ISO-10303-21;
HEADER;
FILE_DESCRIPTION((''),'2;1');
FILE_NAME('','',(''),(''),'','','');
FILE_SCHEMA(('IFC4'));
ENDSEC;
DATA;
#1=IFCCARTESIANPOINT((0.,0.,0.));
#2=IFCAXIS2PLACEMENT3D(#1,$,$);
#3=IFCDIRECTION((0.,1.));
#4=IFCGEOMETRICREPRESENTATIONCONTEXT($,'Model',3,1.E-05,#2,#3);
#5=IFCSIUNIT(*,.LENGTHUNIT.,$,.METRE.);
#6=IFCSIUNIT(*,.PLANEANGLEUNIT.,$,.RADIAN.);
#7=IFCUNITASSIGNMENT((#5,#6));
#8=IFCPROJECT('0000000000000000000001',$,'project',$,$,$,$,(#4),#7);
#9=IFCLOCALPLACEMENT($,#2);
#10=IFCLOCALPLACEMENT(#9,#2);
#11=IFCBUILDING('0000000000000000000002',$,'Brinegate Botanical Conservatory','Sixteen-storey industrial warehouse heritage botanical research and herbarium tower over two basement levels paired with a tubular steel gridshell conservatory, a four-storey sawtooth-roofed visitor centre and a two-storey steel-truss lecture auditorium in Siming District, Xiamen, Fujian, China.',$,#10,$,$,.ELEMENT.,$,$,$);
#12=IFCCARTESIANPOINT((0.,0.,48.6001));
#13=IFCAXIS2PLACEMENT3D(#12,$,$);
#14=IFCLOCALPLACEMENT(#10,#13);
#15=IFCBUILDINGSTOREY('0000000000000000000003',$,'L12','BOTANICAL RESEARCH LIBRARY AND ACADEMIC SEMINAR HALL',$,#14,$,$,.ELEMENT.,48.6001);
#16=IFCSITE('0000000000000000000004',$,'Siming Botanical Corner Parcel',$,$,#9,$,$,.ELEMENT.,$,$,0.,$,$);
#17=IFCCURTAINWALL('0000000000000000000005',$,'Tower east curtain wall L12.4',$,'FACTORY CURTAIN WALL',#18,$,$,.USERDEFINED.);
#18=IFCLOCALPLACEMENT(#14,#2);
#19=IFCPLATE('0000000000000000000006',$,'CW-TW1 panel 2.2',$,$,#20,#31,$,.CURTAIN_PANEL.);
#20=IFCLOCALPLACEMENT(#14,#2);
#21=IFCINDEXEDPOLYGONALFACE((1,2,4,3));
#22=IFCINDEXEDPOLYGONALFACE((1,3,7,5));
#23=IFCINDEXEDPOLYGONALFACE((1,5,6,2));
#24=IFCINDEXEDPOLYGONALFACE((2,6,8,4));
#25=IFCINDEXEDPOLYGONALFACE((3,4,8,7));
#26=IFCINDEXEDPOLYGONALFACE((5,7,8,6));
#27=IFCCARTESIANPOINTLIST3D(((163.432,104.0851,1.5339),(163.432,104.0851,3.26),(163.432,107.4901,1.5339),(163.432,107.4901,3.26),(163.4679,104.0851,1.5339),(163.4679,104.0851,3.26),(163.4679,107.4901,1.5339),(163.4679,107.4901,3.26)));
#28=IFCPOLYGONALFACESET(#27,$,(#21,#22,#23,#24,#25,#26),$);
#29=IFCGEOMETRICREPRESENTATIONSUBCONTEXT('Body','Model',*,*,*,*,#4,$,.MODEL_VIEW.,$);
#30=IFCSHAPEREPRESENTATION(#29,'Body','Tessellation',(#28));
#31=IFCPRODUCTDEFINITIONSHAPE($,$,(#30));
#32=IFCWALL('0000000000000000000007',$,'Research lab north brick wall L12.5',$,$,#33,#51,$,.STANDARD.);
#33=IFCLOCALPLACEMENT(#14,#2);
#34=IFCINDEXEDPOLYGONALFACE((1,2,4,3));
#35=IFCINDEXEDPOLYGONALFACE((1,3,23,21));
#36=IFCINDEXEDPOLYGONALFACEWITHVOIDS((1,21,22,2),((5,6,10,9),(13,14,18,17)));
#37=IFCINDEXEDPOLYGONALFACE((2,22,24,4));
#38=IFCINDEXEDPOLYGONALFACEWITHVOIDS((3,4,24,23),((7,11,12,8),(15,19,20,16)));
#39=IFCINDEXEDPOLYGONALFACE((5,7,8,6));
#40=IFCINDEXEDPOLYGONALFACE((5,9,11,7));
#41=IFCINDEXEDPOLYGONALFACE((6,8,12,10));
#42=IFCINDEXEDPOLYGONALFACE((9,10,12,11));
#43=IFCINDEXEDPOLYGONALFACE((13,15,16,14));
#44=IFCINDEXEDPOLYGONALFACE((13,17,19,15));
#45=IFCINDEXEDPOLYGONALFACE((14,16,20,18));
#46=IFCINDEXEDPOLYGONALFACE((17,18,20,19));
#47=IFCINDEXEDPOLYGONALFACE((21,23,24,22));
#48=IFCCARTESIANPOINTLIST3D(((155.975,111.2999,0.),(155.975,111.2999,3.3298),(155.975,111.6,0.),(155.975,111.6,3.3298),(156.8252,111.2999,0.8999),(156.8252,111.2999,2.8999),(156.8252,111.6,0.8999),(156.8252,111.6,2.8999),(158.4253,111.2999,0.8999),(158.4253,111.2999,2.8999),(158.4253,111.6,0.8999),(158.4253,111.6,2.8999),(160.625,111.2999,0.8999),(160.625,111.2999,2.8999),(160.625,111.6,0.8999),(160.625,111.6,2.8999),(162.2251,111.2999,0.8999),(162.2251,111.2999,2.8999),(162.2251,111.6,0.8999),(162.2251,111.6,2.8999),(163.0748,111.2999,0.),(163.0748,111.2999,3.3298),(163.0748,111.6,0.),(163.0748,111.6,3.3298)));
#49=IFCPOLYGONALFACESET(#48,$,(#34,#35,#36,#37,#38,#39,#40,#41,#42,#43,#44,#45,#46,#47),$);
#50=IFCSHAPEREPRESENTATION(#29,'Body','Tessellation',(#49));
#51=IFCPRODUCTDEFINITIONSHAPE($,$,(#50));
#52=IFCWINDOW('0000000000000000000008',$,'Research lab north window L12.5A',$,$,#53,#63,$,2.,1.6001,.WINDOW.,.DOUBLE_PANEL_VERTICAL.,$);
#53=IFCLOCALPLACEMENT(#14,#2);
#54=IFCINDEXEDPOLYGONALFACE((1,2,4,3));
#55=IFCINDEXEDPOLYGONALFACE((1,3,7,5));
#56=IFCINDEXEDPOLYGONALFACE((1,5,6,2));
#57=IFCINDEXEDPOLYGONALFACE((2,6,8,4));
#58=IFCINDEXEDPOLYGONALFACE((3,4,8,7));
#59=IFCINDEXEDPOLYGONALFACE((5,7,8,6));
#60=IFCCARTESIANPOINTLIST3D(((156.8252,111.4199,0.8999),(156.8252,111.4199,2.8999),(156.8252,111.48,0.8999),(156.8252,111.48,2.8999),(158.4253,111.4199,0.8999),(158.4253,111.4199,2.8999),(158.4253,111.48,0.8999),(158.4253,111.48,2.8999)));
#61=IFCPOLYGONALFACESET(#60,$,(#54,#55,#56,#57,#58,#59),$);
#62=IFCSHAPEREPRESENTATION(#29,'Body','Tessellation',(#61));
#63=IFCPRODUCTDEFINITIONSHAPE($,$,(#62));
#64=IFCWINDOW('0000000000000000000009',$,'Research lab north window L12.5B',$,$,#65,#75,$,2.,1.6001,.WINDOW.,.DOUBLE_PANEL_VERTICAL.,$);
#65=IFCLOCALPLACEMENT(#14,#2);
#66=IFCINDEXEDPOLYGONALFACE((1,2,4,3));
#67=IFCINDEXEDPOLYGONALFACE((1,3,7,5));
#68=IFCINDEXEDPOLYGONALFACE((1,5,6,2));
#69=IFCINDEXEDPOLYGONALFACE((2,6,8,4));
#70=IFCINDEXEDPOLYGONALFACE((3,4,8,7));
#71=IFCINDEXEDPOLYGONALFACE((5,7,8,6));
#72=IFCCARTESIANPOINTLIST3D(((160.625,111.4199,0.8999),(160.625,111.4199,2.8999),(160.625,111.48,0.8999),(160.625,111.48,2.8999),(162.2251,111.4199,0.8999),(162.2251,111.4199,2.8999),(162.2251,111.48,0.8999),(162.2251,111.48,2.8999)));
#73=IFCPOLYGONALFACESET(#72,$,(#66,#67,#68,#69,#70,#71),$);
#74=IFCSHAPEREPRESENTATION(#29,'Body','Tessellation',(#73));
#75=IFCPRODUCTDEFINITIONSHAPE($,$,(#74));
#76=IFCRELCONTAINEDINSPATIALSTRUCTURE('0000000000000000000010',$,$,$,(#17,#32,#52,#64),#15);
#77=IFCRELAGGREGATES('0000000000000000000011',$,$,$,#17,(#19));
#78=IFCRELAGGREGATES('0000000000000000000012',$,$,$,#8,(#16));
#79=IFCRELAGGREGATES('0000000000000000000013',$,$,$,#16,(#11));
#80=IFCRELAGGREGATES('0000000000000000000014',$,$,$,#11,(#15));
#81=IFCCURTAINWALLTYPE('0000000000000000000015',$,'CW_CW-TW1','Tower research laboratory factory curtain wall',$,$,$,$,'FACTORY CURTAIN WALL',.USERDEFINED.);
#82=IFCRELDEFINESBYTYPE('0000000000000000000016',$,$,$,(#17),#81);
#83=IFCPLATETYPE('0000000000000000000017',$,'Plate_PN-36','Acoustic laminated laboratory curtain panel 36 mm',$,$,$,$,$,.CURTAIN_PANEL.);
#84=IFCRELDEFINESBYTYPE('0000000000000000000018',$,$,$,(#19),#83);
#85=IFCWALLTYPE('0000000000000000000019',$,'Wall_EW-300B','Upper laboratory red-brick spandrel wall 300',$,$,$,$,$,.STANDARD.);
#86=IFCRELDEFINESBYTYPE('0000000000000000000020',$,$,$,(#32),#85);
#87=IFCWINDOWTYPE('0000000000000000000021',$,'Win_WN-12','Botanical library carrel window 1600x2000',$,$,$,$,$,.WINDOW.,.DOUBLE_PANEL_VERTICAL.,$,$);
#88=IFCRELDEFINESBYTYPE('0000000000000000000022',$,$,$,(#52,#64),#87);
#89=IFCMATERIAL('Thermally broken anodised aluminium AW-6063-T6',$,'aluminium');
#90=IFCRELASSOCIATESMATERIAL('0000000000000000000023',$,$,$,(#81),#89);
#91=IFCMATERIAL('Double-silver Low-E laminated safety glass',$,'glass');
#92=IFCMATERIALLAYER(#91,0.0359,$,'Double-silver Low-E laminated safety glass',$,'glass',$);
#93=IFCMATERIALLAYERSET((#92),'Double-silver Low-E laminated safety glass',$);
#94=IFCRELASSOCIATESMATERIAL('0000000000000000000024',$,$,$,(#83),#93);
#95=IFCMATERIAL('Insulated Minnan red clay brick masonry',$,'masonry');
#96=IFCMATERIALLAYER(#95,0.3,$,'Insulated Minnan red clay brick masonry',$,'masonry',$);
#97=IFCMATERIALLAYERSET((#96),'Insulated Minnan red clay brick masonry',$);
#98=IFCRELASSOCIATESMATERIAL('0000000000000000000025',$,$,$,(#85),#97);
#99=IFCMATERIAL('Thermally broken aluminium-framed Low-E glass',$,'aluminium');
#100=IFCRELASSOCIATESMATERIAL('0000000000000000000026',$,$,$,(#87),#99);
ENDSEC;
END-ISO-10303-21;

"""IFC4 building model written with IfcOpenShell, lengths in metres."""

from ifc_helpers import new_model, si_unit, direction, frame, frame_2d, origin, origin_2d, place, context, subcontext, project, spatial, rectangle, extrude, material, layer, layer_set, type_object, element, fill, aggregate, save


model = new_model("IFC4")

# Units and contexts
model_context = context("Model", 3, precision=1e-05, world=origin(), true_north=direction((0.0, 1.0)))
body_context = subcontext(model_context, "Body", "Model", "MODEL_VIEW")
ifc_project = project(units=[si_unit("LENGTHUNIT", "METRE"), si_unit("PLANEANGLEUNIT", "RADIAN")], contexts=[model_context])

# Site, building, storey
site_placement = place(None, origin())
site = spatial("IfcSite", under=ifc_project, at=site_placement, Name="Siming Botanical Corner Parcel", CompositionType="ELEMENT", RefElevation=0.0)
building_placement = place(site_placement, origin())
building = spatial("IfcBuilding", under=site, at=building_placement, Name="Brinegate Botanical Conservatory", Description="Sixteen-storey industrial warehouse heritage botanical research and herbarium tower over two basement levels paired with a tubular steel gridshell conservatory, a four-storey sawtooth-roofed visitor centre and a two-storey steel-truss lecture auditorium in Siming District, Xiamen, Fujian, China.", CompositionType="ELEMENT")
storey_placement = place(building_placement, frame((0.0, 0.0, 48.6001)))
storey = spatial("IfcBuildingStorey", under=building, at=storey_placement, Name="L12", Description="BOTANICAL RESEARCH LIBRARY AND ACADEMIC SEMINAR HALL", CompositionType="ELEMENT", Elevation=48.6001)

# Curtain wall
ifc_material_1 = material(Name="Thermally broken anodised aluminium AW-6063-T6", Category="aluminium")
curtain_wall_type = type_object("IfcCurtainWallType", Name="CW_CW-TW1", Description="Tower research laboratory factory curtain wall", ElementType="FACTORY CURTAIN WALL", PredefinedType="USERDEFINED", material=ifc_material_1)
curtain_wall_1_placement = place(storey_placement, origin())
curtain_wall_1 = element("IfcCurtainWall", 1, at=curtain_wall_1_placement, inside=storey, type_object=curtain_wall_type, Name="Tower east curtain wall L12.4", ObjectType="FACTORY CURTAIN WALL", PredefinedType="USERDEFINED")

# Plate
ifc_material_2 = material(Name="Double-silver Low-E laminated safety glass", Category="glass")
ifc_layer_1 = layer(ifc_material_2, 0.0359, Name="Double-silver Low-E laminated safety glass", Category="glass")
ifc_layer_set_1 = layer_set([ifc_layer_1], Name="Double-silver Low-E laminated safety glass")
plate_type = type_object("IfcPlateType", Name="Plate_PN-36", Description="Acoustic laminated laboratory curtain panel 36 mm", PredefinedType="CURTAIN_PANEL", material=ifc_layer_set_1)
plate_1_placement = place(storey_placement, frame((163.45, 105.7876, 1.5339), z_axis=(0.0, 0.0, 1.0), x_axis=(0.0, -1.0, 0.0)))
plate_1 = element("IfcPlate", 2, at=plate_1_placement, type_object=plate_type, Name="CW-TW1 panel 2.2", PredefinedType="CURTAIN_PANEL", context=body_context, shape_type="SweptSolid", body=[
    extrude(rectangle(XDim=3.405, YDim=0.0359, at=origin_2d()), origin(), (0.0, 0.0, 1.0), 1.7261),
])
aggregate(curtain_wall_1, [plate_1])

# Wall, openings, windows
ifc_material_3 = material(Name="Insulated Minnan red clay brick masonry", Category="masonry")
ifc_layer_2 = layer(ifc_material_3, 0.3, Name="Insulated Minnan red clay brick masonry", Category="masonry")
ifc_layer_set_2 = layer_set([ifc_layer_2], Name="Insulated Minnan red clay brick masonry")
wall_type = type_object("IfcWallType", Name="Wall_EW-300B", Description="Upper laboratory red-brick spandrel wall 300", PredefinedType="STANDARD", material=ifc_layer_set_2)
wall_placement = place(storey_placement, frame((155.9751, 111.45, 0.0), z_axis=(0.0, 0.0, 1.0), x_axis=(1.0, 0.0, 0.0)))
wall = element("IfcWall", 3, at=wall_placement, inside=storey, type_object=wall_type, Name="Research lab north brick wall L12.5", PredefinedType="STANDARD", context=body_context, shape_type="SweptSolid", body=[
    extrude(rectangle(XDim=7.0999, YDim=0.3, at=frame_2d((3.5498, 0.0))), origin(), (0.0, 0.0, 1.0), 3.3298),
])
opening_1_placement = place(wall_placement, frame((0.8501, 0.0, 0.8999)))
opening_1 = element("IfcOpeningElement", 4, at=opening_1_placement, cuts=wall, PredefinedType="OPENING", context=body_context, shape_type="SweptSolid", body=[
    extrude(rectangle(XDim=1.6001, YDim=2.0, at=frame_2d((0.8, 1.0))), frame((0.0, 0.1599, 0.0), z_axis=(0.0, -1.0, 0.0), x_axis=(1.0, 0.0, 0.0)), (0.0, 0.0, 1.0), 0.3201),
])
opening_2_placement = place(wall_placement, frame((4.6499, 0.0, 0.8999)))
opening_2 = element("IfcOpeningElement", 5, at=opening_2_placement, cuts=wall, PredefinedType="OPENING", context=body_context, shape_type="SweptSolid", body=[
    extrude(rectangle(XDim=1.6001, YDim=2.0, at=frame_2d((0.8, 1.0))), frame((0.0, 0.1599, 0.0), z_axis=(0.0, -1.0, 0.0), x_axis=(1.0, 0.0, 0.0)), (0.0, 0.0, 1.0), 0.3201),
])
ifc_material_4 = material(Name="Thermally broken aluminium-framed Low-E glass", Category="aluminium")
window_type = type_object("IfcWindowType", Name="Win_WN-12", Description="Botanical library carrel window 1600x2000", PartitioningType="DOUBLE_PANEL_VERTICAL", PredefinedType="WINDOW", material=ifc_material_4)
window_1_placement = place(opening_1_placement, origin())
window_1 = element("IfcWindow", 6, at=window_1_placement, inside=storey, type_object=window_type, Name="Research lab north window L12.5A", OverallHeight=2.0, OverallWidth=1.6001, PartitioningType="DOUBLE_PANEL_VERTICAL", PredefinedType="WINDOW", context=body_context, shape_type="SweptSolid", body=[
    extrude(rectangle(XDim=1.6001, YDim=2.0, at=frame_2d((0.8, 1.0))), frame((0.0, 0.03, 0.0), z_axis=(0.0, -1.0, 0.0), x_axis=(1.0, 0.0, 0.0)), (0.0, 0.0, 1.0), 0.0601),
])
fill(opening_1, window_1)
window_2_placement = place(opening_2_placement, origin())
window_2 = element("IfcWindow", 7, at=window_2_placement, inside=storey, type_object=window_type, Name="Research lab north window L12.5B", OverallHeight=2.0, OverallWidth=1.6001, PartitioningType="DOUBLE_PANEL_VERTICAL", PredefinedType="WINDOW", context=body_context, shape_type="SweptSolid", body=[
    extrude(rectangle(XDim=1.6001, YDim=2.0, at=frame_2d((0.8, 1.0))), frame((0.0, 0.03, 0.0), z_axis=(0.0, -1.0, 0.0), x_axis=(1.0, 0.0, 0.0)), (0.0, 0.0, 1.0), 0.0601),
])
fill(opening_2, window_2)

save(model, "model.ifc")
